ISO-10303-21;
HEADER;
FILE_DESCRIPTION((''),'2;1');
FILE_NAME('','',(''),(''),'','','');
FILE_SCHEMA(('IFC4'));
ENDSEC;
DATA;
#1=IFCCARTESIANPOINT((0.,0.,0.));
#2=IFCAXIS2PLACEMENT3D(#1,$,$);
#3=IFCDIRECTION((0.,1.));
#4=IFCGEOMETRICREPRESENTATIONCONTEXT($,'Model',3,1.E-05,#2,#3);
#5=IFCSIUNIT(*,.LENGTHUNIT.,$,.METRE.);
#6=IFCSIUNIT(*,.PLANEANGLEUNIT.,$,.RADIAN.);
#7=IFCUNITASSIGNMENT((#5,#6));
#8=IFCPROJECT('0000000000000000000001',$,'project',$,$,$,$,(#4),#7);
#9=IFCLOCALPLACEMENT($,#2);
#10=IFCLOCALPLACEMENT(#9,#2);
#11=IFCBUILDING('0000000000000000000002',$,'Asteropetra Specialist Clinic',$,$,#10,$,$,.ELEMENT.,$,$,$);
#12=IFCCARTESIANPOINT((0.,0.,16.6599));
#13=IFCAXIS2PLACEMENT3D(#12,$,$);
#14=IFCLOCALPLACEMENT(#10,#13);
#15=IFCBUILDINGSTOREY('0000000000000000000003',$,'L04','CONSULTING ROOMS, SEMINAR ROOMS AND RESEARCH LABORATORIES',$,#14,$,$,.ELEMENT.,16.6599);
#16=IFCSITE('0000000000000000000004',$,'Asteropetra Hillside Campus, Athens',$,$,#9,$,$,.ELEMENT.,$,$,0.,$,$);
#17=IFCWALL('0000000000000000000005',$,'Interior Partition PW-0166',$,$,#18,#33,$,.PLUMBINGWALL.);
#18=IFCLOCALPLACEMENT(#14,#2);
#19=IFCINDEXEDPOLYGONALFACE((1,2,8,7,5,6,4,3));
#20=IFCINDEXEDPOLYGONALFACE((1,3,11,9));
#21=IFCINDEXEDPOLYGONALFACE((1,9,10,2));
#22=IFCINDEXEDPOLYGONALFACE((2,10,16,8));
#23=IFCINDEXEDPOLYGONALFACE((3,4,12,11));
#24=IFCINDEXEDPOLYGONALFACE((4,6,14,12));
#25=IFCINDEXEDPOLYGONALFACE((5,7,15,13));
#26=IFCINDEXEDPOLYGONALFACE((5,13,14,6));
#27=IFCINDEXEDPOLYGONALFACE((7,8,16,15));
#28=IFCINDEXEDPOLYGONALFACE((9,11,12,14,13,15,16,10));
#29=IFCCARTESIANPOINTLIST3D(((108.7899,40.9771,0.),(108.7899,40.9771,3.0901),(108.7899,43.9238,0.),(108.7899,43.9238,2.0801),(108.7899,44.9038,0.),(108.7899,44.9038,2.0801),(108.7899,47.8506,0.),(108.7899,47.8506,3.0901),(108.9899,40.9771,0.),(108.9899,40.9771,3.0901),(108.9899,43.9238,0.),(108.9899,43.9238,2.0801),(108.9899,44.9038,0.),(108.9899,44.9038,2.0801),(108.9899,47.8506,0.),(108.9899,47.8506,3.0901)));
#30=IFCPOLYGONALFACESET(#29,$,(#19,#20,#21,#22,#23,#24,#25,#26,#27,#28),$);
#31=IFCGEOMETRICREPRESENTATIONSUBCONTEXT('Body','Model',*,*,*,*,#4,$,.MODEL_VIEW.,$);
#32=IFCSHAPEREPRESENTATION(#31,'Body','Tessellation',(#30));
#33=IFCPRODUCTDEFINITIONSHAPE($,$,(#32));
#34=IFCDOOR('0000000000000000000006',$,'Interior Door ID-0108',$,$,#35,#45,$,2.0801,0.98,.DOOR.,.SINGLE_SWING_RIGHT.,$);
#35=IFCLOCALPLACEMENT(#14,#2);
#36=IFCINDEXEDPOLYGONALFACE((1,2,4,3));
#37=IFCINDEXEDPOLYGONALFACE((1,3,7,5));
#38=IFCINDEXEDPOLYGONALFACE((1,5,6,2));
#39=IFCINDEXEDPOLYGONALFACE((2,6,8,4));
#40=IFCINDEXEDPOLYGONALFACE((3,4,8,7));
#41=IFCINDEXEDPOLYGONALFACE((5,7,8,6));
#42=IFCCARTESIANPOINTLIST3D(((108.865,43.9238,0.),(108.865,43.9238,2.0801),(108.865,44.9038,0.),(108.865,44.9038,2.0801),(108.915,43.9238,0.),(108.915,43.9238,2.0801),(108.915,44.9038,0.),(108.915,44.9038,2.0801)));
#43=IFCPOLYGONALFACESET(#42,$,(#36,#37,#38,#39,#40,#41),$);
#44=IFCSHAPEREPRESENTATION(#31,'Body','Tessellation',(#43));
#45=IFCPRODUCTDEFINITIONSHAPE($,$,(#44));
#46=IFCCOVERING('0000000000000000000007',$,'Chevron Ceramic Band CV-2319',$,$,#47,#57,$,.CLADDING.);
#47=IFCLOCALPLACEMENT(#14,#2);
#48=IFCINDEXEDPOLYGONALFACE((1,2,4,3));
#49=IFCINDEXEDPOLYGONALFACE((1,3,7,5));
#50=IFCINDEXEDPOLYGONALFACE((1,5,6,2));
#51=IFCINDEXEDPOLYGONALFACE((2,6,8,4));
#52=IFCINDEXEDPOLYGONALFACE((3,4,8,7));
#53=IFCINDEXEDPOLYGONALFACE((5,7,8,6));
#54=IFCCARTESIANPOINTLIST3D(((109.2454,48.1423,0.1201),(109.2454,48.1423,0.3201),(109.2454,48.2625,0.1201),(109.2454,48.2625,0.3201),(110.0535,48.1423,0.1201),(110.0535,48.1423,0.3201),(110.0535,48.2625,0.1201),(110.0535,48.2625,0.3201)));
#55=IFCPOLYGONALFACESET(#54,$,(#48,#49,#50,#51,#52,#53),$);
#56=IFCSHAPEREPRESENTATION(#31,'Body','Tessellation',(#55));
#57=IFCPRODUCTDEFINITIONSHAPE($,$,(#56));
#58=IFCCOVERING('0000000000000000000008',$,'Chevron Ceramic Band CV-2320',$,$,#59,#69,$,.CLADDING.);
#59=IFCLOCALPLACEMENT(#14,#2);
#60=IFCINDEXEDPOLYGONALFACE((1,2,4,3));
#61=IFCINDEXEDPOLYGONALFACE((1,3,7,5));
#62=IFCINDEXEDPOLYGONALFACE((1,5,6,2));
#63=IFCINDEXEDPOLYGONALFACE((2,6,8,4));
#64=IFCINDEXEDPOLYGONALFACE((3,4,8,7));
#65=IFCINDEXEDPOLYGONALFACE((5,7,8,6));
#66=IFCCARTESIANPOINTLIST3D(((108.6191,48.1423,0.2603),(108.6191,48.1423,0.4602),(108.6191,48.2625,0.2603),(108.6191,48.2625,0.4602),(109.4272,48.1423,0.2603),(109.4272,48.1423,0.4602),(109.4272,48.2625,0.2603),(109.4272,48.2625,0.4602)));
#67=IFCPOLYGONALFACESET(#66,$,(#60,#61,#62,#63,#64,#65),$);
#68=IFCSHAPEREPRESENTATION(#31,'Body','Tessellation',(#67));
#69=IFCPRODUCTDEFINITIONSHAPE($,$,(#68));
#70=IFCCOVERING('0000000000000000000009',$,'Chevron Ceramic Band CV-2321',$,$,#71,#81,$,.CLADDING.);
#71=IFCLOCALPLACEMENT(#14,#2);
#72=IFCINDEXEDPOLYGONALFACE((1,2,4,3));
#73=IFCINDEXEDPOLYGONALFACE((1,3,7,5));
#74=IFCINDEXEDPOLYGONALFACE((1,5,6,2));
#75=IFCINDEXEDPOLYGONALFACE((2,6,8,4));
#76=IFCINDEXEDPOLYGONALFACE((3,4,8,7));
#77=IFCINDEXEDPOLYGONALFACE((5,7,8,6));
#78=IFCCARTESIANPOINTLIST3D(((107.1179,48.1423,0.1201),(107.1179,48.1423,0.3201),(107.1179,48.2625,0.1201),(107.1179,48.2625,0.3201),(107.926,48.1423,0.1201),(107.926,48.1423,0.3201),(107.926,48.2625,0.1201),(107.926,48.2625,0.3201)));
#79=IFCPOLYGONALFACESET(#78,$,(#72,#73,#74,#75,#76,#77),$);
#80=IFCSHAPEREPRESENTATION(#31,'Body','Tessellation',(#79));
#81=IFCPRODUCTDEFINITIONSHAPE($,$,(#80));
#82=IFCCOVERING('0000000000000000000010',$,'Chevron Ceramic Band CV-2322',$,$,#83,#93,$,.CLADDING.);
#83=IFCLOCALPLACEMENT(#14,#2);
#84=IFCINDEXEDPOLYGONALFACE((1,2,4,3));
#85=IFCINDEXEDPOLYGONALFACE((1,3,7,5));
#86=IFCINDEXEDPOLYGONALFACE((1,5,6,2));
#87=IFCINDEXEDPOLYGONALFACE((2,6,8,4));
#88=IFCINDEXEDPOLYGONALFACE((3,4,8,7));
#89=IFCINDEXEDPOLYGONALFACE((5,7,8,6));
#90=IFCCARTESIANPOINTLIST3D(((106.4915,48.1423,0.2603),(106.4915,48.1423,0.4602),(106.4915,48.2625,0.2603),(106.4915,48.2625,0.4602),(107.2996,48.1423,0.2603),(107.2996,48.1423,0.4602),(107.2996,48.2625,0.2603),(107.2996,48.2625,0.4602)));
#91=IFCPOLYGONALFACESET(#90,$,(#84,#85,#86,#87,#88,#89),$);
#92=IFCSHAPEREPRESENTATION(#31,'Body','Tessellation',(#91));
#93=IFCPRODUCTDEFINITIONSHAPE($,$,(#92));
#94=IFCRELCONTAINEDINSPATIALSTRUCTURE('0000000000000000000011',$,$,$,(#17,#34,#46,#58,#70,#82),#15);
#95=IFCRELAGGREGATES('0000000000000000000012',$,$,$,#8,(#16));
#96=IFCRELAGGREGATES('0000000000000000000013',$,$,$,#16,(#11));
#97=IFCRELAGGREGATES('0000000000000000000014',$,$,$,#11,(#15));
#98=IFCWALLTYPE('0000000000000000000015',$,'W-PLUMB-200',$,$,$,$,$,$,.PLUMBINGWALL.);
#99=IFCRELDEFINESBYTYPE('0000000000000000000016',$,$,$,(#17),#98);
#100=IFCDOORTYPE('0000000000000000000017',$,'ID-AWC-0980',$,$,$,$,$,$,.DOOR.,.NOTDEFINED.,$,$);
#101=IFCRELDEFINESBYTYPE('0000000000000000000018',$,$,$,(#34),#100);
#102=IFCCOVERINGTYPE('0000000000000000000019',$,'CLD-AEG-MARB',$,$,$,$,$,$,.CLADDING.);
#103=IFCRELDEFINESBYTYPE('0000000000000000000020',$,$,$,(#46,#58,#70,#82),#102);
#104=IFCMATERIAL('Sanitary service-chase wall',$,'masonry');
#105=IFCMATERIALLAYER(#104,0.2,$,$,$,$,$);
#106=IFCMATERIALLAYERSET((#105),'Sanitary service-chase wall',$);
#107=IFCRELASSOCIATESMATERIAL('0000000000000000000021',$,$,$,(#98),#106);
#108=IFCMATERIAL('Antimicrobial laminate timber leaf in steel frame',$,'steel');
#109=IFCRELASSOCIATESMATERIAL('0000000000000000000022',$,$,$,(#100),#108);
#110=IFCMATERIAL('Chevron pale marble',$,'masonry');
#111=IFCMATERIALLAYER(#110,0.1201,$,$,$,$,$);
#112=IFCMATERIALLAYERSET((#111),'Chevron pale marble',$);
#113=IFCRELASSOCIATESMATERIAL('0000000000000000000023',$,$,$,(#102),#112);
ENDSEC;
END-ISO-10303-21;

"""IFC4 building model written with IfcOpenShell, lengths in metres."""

from ifc_helpers import new_model, si_unit, direction, frame, frame_2d, origin, origin_2d, place, context, subcontext, project, spatial, rectangle, extrude, material, layer, layer_set, type_object, element, fill, save


model = new_model("IFC4")

# Units and contexts
model_context = context("Model", 3, precision=1e-05, world=origin(), true_north=direction((0.0, 1.0)))
body_context = subcontext(model_context, "Body", "Model", "MODEL_VIEW")
ifc_project = project(units=[si_unit("LENGTHUNIT", "METRE"), si_unit("PLANEANGLEUNIT", "RADIAN")], contexts=[model_context])

# Site, building, storey
site_placement = place(None, origin())
site = spatial("IfcSite", under=ifc_project, at=site_placement, Name="Asteropetra Hillside Campus, Athens", CompositionType="ELEMENT", RefElevation=0.0)
building_placement = place(site_placement, origin())
building = spatial("IfcBuilding", under=site, at=building_placement, Name="Asteropetra Specialist Clinic", CompositionType="ELEMENT")
storey_placement = place(building_placement, frame((0.0, 0.0, 16.6599)))
storey = spatial("IfcBuildingStorey", under=building, at=storey_placement, Name="L04", Description="CONSULTING ROOMS, SEMINAR ROOMS AND RESEARCH LABORATORIES", CompositionType="ELEMENT", Elevation=16.6599)

# Wall, opening, door
ifc_material_1 = material(Name="Sanitary service-chase wall", Category="masonry")
ifc_layer_1 = layer(ifc_material_1, 0.2)
ifc_layer_set_1 = layer_set([ifc_layer_1], Name="Sanitary service-chase wall")
wall_type_1 = type_object("IfcWallType", Name="W-PLUMB-200", PredefinedType="PLUMBINGWALL", material=ifc_layer_set_1)
wall_1_placement = place(storey_placement, frame((108.8899, 40.9771, 0.0), z_axis=(0.0, 0.0, 1.0), x_axis=(0.0, 1.0, 0.0)))
wall_1 = element("IfcWall", 1, at=wall_1_placement, inside=storey, type_object=wall_type_1, Name="Interior Partition PW-0166", PredefinedType="PLUMBINGWALL", context=body_context, shape_type="SweptSolid", body=[
    extrude(rectangle(XDim=6.8735, YDim=0.2, at=frame_2d((3.4368, 0.0))), origin(), (0.0, 0.0, 1.0), 3.0901),
])
opening_1_placement = place(wall_1_placement, frame((2.9468, 0.0, 0.0)))
opening_1 = element("IfcOpeningElement", 2, at=opening_1_placement, cuts=wall_1, PredefinedType="OPENING", context=body_context, shape_type="SweptSolid", body=[
    extrude(rectangle(XDim=0.98, YDim=2.0801, at=frame_2d((0.49, 1.04))), frame((0.0, 0.1099, 0.0), z_axis=(0.0, -1.0, 0.0), x_axis=(1.0, 0.0, 0.0)), (0.0, 0.0, 1.0), 0.22),
])
ifc_material_2 = material(Name="Antimicrobial laminate timber leaf in steel frame", Category="steel")
door_type = type_object("IfcDoorType", Name="ID-AWC-0980", OperationType="NOTDEFINED", PredefinedType="DOOR", material=ifc_material_2)
door_placement = place(opening_1_placement, origin())
door = element("IfcDoor", 3, at=door_placement, inside=storey, type_object=door_type, Name="Interior Door ID-0108", OperationType="SINGLE_SWING_RIGHT", OverallHeight=2.0801, OverallWidth=0.98, PredefinedType="DOOR", context=body_context, shape_type="SweptSolid", body=[
    extrude(rectangle(XDim=0.98, YDim=2.0801, at=frame_2d((0.49, 1.04))), frame((0.0, 0.0249, 0.0), z_axis=(0.0, -1.0, 0.0), x_axis=(1.0, 0.0, 0.0)), (0.0, 0.0, 1.0), 0.05),
])
fill(opening_1, door)

# Coverings
ifc_material_3 = material(Name="Chevron pale marble", Category="masonry")
ifc_layer_2 = layer(ifc_material_3, 0.1201)
ifc_layer_set_2 = layer_set([ifc_layer_2], Name="Chevron pale marble")
covering_type = type_object("IfcCoveringType", Name="CLD-AEG-MARB", PredefinedType="CLADDING", material=ifc_layer_set_2)
for number, where, z_axis, x_axis, name in (
    (4, (109.6494, 48.2024, 0.1201), (0.0, 0.0, 1.0), (1.0, 0.0, 0.0), "Chevron Ceramic Band CV-2319"),
    (5, (109.0232, 48.2024, 0.2603), (0.0, 0.0, 1.0), (1.0, 0.0, 0.0), "Chevron Ceramic Band CV-2320"),
    (6, (107.522, 48.2024, 0.1201), (0.0, 0.0, 1.0), (1.0, 0.0, 0.0), "Chevron Ceramic Band CV-2321"),
    (7, (106.8955, 48.2024, 0.2603), (0.0, 0.0, 1.0), (1.0, 0.0, 0.0), "Chevron Ceramic Band CV-2322"),
):
    element("IfcCovering", number, at=place(storey_placement, frame(where, z_axis=z_axis, x_axis=x_axis)), inside=storey, type_object=covering_type, Name=name, PredefinedType="CLADDING", context=body_context, shape_type="SweptSolid", body=[
        extrude(rectangle(XDim=0.8081, YDim=0.1201, at=origin_2d()), origin(), (0.0, 0.0, 1.0), 0.2),
    ])

save(model, "model.ifc")
